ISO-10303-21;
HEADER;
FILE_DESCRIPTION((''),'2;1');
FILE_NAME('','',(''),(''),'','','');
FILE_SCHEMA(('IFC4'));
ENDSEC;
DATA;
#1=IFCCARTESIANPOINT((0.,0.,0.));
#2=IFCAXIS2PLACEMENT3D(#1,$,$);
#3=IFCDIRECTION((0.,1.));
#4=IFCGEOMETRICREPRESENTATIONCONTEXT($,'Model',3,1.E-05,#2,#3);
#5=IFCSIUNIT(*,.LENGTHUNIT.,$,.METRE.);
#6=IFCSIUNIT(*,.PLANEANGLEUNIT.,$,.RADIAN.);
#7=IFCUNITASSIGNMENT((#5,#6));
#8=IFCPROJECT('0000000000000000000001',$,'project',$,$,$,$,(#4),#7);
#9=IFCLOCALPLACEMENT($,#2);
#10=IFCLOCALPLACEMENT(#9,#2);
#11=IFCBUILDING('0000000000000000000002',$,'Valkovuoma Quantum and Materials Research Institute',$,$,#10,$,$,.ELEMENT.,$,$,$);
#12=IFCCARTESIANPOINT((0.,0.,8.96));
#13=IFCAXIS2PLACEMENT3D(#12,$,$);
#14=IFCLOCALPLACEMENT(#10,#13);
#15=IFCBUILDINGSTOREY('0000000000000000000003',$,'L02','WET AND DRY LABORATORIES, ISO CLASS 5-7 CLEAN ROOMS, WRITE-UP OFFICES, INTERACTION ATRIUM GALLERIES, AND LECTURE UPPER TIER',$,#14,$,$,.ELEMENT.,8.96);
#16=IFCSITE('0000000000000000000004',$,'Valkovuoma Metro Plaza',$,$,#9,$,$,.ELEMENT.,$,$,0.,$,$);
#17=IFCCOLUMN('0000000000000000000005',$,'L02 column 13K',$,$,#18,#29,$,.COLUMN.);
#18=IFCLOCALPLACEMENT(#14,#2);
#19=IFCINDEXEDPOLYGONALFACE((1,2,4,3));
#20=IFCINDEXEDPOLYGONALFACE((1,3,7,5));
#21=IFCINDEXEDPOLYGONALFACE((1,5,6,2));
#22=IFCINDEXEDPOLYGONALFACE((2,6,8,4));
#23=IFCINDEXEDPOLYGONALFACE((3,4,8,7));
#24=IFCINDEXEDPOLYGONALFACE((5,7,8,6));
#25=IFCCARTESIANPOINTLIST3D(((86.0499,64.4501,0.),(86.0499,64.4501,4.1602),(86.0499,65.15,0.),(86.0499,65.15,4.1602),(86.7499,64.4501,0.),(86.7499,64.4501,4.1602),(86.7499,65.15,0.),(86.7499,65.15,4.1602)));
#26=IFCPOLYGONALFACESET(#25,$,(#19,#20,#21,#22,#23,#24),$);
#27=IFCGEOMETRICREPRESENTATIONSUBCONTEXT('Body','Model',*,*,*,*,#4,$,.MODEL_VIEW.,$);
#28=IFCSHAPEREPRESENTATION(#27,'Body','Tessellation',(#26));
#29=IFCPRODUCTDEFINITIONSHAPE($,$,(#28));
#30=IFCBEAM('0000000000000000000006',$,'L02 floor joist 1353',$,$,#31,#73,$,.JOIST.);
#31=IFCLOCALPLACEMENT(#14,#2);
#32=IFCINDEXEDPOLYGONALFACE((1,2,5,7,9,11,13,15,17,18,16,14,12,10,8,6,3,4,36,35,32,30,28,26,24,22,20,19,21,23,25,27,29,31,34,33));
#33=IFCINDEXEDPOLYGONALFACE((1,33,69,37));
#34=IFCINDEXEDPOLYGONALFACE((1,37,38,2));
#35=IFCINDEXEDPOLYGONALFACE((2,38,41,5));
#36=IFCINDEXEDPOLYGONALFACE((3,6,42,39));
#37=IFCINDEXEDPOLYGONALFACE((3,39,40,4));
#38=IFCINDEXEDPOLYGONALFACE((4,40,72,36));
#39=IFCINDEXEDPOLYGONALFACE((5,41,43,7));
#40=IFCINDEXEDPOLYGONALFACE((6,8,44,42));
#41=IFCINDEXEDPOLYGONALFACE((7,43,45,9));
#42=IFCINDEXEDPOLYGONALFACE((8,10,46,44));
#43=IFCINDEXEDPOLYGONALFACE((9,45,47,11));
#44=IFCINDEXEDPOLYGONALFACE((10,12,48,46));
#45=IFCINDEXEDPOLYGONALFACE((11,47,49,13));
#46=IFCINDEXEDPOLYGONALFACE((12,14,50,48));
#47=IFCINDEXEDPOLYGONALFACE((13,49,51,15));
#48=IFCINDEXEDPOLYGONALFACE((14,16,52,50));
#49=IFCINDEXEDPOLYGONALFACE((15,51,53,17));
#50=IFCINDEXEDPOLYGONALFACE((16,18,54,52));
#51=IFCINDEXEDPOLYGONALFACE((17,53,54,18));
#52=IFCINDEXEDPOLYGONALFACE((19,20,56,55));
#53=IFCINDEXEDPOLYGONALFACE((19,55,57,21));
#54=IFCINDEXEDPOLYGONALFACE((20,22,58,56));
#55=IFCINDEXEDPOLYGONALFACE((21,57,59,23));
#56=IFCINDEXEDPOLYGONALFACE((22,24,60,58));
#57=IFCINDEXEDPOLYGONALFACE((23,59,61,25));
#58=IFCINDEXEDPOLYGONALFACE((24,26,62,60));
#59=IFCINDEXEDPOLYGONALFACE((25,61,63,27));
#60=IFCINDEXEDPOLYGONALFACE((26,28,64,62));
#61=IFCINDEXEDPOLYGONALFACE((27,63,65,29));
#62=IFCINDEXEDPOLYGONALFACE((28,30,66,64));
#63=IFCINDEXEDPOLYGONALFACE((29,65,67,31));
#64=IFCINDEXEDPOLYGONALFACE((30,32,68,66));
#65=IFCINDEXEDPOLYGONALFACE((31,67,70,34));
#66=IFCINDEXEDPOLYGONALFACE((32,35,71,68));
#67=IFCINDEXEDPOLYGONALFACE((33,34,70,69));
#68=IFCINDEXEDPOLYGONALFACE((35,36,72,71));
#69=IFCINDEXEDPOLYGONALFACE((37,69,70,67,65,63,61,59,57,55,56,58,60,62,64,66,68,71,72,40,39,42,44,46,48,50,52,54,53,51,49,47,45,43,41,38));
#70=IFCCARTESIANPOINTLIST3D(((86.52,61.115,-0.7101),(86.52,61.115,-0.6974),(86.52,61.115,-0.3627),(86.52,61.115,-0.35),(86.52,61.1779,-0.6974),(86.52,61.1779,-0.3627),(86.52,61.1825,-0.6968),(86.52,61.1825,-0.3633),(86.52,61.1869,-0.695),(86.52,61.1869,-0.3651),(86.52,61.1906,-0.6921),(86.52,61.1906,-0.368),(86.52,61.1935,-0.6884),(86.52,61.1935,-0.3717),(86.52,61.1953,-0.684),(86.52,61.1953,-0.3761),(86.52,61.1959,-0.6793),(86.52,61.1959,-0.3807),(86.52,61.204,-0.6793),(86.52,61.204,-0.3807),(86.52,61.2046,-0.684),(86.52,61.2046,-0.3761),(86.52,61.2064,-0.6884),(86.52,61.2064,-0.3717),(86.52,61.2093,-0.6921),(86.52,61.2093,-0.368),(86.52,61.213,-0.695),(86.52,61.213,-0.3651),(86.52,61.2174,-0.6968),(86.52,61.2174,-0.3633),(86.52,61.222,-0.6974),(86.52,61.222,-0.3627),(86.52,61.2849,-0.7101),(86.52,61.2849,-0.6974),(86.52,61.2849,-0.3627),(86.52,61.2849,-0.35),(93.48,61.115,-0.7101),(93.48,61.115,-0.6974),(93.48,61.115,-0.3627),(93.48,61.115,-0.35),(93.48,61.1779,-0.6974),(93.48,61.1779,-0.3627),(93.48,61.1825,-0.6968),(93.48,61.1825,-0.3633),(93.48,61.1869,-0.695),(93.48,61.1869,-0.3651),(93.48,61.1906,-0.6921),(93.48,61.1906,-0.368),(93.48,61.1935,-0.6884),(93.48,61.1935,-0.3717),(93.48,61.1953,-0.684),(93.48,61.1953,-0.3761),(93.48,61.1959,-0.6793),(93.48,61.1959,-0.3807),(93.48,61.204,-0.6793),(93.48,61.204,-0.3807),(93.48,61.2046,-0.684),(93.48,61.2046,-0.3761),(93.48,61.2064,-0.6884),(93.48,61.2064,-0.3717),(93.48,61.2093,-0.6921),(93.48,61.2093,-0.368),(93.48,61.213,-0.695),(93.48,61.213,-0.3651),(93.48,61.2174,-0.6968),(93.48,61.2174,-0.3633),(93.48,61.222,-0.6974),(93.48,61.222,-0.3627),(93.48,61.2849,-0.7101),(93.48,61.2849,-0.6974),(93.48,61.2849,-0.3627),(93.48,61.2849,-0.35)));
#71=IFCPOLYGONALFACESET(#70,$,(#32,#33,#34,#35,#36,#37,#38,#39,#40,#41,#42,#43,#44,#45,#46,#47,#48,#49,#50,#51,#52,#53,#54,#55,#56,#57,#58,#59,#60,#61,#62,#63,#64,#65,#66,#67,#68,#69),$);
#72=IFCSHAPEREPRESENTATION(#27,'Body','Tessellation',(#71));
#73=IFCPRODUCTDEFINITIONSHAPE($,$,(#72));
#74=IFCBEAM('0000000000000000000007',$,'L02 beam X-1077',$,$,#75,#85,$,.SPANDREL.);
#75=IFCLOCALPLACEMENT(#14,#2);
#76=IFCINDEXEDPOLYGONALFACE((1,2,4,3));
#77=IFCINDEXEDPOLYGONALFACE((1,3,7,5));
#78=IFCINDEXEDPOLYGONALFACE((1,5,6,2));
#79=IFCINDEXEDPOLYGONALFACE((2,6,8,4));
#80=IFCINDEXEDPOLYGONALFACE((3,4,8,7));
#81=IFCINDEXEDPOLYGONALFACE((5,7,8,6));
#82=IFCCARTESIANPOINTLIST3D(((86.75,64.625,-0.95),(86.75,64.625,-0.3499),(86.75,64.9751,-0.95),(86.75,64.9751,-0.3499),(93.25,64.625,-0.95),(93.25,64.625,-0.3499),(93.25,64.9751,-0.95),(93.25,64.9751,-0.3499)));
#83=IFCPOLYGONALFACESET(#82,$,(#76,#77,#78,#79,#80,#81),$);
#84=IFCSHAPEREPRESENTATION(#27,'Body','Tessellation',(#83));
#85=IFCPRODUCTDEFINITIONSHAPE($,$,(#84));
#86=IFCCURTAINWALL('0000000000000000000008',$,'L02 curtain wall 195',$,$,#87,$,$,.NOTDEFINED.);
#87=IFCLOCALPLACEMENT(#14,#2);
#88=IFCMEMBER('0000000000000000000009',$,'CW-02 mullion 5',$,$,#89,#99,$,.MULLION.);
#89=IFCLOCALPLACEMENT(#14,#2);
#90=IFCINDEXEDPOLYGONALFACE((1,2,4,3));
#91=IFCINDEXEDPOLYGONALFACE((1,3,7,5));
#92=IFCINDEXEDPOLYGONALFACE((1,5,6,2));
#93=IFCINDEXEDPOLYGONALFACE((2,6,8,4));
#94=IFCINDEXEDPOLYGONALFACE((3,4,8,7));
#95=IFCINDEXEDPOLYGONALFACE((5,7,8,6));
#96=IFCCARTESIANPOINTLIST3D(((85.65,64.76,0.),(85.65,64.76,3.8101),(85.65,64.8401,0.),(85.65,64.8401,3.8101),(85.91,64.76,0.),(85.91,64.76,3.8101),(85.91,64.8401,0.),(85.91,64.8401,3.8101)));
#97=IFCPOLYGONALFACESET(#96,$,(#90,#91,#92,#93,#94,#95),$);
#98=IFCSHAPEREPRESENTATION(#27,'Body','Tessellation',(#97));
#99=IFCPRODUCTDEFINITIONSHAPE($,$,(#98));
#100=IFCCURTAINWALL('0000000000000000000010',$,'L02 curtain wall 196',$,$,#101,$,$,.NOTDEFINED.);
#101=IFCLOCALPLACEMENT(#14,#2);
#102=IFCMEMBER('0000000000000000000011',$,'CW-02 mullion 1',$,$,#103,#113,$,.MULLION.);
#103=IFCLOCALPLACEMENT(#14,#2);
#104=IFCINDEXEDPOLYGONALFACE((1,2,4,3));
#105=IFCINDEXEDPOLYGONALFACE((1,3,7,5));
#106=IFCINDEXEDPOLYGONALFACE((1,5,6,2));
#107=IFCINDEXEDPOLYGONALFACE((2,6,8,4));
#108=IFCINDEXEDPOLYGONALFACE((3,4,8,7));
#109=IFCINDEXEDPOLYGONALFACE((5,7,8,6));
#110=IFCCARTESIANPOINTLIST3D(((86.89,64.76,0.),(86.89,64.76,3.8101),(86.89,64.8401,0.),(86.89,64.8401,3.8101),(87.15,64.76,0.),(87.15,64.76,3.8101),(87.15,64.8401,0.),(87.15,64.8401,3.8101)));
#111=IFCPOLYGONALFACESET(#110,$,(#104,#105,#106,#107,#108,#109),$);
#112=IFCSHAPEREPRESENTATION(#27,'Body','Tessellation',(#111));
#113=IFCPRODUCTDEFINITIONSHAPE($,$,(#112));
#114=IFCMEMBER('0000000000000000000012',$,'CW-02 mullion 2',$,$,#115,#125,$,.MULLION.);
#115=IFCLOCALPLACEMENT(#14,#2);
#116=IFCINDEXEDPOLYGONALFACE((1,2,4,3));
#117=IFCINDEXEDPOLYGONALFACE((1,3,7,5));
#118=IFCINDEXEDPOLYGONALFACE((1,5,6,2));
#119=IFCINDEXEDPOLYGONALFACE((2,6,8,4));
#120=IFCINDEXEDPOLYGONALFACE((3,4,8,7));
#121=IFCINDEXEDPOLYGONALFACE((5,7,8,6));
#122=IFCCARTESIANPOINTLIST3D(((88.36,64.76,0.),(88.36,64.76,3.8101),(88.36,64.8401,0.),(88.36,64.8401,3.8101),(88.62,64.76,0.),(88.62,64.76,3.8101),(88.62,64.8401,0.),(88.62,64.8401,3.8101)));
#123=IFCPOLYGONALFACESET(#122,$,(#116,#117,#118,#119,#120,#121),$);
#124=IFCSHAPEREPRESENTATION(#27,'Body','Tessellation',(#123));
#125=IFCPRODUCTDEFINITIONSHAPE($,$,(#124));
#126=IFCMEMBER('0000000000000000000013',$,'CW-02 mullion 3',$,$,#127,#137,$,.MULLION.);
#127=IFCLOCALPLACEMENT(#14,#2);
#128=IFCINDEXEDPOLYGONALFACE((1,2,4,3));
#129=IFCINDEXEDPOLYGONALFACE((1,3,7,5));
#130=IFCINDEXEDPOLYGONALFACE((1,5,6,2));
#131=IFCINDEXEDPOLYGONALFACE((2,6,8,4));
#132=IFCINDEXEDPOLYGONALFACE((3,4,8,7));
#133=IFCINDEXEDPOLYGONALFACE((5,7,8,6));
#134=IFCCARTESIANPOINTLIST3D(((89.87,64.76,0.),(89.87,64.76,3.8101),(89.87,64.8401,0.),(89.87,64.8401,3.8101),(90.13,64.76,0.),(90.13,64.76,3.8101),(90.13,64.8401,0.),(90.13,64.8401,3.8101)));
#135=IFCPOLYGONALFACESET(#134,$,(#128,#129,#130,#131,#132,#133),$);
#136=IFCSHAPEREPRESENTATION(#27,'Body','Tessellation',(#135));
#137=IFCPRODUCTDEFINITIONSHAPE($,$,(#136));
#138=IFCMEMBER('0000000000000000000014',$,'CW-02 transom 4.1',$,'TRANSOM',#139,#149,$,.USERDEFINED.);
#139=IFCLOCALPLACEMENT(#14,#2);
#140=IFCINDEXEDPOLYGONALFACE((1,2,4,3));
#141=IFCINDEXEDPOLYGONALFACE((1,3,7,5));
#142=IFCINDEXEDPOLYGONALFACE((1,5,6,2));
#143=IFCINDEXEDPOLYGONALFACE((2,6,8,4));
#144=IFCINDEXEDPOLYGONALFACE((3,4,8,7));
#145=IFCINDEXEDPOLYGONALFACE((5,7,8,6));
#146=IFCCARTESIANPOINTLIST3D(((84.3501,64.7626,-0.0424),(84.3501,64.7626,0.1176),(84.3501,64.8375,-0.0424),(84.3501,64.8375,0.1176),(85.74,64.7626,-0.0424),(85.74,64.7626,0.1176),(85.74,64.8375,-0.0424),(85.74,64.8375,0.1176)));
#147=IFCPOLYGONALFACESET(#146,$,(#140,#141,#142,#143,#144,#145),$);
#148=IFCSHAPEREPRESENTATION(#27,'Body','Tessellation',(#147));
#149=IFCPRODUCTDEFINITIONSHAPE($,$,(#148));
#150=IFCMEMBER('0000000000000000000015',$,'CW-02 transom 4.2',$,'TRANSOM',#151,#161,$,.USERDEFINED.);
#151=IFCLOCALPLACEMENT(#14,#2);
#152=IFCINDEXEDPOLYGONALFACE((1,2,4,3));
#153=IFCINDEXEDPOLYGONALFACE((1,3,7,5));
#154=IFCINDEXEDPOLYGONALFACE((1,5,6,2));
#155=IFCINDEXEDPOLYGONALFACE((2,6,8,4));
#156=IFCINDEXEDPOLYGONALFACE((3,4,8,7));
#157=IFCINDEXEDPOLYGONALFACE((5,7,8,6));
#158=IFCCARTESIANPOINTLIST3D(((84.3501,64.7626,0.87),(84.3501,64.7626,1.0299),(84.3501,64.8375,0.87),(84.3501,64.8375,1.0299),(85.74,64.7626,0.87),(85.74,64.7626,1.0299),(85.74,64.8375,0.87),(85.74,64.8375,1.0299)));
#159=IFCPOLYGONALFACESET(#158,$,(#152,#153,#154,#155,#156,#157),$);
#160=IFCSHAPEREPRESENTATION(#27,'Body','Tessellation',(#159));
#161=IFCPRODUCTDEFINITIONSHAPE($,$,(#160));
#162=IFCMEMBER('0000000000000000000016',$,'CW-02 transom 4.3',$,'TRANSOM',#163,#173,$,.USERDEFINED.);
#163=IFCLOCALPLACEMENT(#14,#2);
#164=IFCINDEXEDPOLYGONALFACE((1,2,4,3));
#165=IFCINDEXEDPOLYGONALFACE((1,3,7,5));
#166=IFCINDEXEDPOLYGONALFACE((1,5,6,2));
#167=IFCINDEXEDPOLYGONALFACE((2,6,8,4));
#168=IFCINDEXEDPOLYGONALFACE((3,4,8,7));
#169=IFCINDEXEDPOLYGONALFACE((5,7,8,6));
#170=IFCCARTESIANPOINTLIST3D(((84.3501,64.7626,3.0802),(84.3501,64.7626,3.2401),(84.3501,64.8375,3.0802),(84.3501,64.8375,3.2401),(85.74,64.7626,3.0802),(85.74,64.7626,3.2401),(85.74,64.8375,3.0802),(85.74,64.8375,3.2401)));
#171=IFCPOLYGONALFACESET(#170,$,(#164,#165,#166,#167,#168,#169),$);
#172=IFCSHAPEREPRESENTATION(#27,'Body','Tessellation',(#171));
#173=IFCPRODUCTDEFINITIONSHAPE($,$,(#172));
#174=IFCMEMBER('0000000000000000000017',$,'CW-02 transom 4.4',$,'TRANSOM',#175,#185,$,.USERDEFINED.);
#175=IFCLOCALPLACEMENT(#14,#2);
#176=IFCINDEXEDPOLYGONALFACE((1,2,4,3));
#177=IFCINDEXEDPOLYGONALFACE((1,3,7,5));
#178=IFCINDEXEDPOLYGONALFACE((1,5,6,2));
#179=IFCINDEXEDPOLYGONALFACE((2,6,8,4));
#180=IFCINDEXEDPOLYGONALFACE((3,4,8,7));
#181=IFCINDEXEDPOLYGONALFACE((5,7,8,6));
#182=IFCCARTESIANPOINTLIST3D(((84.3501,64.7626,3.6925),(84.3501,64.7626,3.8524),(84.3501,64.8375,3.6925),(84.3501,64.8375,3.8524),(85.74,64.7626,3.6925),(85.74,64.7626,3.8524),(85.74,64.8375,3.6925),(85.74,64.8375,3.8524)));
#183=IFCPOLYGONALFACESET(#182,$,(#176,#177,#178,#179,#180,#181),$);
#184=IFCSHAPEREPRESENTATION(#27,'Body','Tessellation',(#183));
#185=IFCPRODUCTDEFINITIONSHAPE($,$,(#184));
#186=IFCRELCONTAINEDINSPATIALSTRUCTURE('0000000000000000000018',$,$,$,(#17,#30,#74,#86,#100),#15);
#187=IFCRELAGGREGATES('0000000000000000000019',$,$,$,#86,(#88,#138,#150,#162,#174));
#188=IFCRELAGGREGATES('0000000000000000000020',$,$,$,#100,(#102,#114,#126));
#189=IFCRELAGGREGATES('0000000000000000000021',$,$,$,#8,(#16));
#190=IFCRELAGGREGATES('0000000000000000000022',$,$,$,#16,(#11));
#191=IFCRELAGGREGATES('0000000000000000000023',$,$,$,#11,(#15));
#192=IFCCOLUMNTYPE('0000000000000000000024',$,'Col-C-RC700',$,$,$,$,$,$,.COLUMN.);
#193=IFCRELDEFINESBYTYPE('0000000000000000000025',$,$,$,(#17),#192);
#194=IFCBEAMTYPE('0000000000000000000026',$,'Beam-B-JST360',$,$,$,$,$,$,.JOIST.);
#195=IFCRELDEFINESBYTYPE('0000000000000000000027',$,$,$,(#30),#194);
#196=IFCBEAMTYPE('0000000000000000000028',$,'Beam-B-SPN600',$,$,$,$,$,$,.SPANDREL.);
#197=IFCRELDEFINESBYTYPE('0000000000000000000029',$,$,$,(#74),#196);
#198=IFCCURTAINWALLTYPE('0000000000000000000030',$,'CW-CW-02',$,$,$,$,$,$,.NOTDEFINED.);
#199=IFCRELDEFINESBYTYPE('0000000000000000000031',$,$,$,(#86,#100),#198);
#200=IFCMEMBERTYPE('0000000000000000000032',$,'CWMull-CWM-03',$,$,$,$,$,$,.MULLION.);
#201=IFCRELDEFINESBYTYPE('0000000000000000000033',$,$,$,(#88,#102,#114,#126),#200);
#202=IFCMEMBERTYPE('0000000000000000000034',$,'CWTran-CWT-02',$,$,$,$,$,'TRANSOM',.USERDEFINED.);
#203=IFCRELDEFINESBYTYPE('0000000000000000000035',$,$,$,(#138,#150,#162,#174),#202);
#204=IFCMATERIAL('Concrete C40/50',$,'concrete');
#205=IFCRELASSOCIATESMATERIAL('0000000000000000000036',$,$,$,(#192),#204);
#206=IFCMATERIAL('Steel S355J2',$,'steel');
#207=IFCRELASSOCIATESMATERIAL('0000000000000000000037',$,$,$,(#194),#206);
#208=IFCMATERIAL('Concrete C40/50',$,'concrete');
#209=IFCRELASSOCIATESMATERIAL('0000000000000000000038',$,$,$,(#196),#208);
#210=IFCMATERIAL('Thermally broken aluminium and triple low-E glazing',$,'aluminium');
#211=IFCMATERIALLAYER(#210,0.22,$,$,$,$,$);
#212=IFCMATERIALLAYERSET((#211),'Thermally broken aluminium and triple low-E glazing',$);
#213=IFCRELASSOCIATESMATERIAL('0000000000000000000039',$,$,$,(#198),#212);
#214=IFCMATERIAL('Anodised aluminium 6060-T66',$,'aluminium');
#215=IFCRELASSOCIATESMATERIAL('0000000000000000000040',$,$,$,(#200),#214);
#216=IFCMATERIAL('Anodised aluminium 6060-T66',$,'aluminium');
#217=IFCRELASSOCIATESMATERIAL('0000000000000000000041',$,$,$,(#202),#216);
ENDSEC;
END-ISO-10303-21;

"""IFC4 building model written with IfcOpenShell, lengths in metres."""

from ifc_helpers import new_model, si_unit, direction, frame, origin, origin_2d, place, context, subcontext, project, spatial, rectangle, i_section, extrude, material, layer, layer_set, material_profile, profile_set, type_object, element, aggregate, save


model = new_model("IFC4")

# Units and contexts
model_context = context("Model", 3, precision=1e-05, world=origin(), true_north=direction((0.0, 1.0)))
body_context = subcontext(model_context, "Body", "Model", "MODEL_VIEW")
ifc_project = project(units=[si_unit("LENGTHUNIT", "METRE"), si_unit("PLANEANGLEUNIT", "RADIAN")], contexts=[model_context])

# Site, building, storey
site_placement = place(None, origin())
site = spatial("IfcSite", under=ifc_project, at=site_placement, Name="Valkovuoma Metro Plaza", CompositionType="ELEMENT", RefElevation=0.0)
building_placement = place(site_placement, origin())
building = spatial("IfcBuilding", under=site, at=building_placement, Name="Valkovuoma Quantum and Materials Research Institute", CompositionType="ELEMENT")
storey_placement = place(building_placement, frame((0.0, 0.0, 8.96)))
storey = spatial("IfcBuildingStorey", under=building, at=storey_placement, Name="L02", Description="WET AND DRY LABORATORIES, ISO CLASS 5-7 CLEAN ROOMS, WRITE-UP OFFICES, INTERACTION ATRIUM GALLERIES, AND LECTURE UPPER TIER", CompositionType="ELEMENT", Elevation=8.96)

# Column
ifc_material_1 = material(Name="Concrete C40/50", Category="concrete")
ifc_material_profile_1 = material_profile(ifc_material_1, rectangle(XDim=0.7, YDim=0.7, at=origin_2d()), Name="Concrete C40/50")
ifc_profile_set_1 = profile_set([ifc_material_profile_1], Name="Concrete C40/50")
column_type = type_object("IfcColumnType", Name="Col-C-RC700", PredefinedType="COLUMN", material=ifc_profile_set_1)
column_placement = place(storey_placement, frame((86.3999, 64.8, 0.0), z_axis=(0.0, 0.0, 1.0), x_axis=(1.0, 0.0, 0.0)))
element("IfcColumn", 1, at=column_placement, inside=storey, type_object=column_type, Name="L02 column 13K", PredefinedType="COLUMN", context=body_context, shape_type="SweptSolid", body=[
    extrude(rectangle(XDim=0.7, YDim=0.7, at=origin_2d()), origin(), (0.0, 0.0, 1.0), 4.1602),
])

# Beams
ifc_material_2 = material(Name="Steel S355J2", Category="steel")
ifc_material_profile_2 = material_profile(ifc_material_2, i_section(OverallWidth=0.1699, OverallDepth=0.3601, WebThickness=0.0081, FlangeThickness=0.0127, FilletRadius=0.0181, at=origin_2d()), Name="Steel S355J2")
ifc_profile_set_2 = profile_set([ifc_material_profile_2], Name="Steel S355J2")
beam_type_1 = type_object("IfcBeamType", Name="Beam-B-JST360", PredefinedType="JOIST", material=ifc_profile_set_2)
beam_1_placement = place(storey_placement, frame((86.52, 61.2, -0.53), z_axis=(1.0, 0.0, 0.0), x_axis=(0.0, 1.0, 0.0)))
element("IfcBeam", 2, at=beam_1_placement, inside=storey, type_object=beam_type_1, Name="L02 floor joist 1353", PredefinedType="JOIST", context=body_context, shape_type="SweptSolid", body=[
    extrude(i_section(OverallWidth=0.1699, OverallDepth=0.3601, WebThickness=0.0081, FlangeThickness=0.0127, FilletRadius=0.0181, at=origin_2d()), origin(), (0.0, 0.0, 1.0), 6.96),
])
ifc_material_3 = material(Name="Concrete C40/50", Category="concrete")
ifc_material_profile_3 = material_profile(ifc_material_3, rectangle(XDim=0.3501, YDim=0.6001, at=origin_2d()), Name="Concrete C40/50")
ifc_profile_set_3 = profile_set([ifc_material_profile_3], Name="Concrete C40/50")
beam_type_2 = type_object("IfcBeamType", Name="Beam-B-SPN600", PredefinedType="SPANDREL", material=ifc_profile_set_3)
beam_2_placement = place(storey_placement, frame((86.75, 64.8, -0.6499), z_axis=(1.0, 0.0, 0.0), x_axis=(0.0, 1.0, 0.0)))
element("IfcBeam", 3, at=beam_2_placement, inside=storey, type_object=beam_type_2, Name="L02 beam X-1077", PredefinedType="SPANDREL", context=body_context, shape_type="SweptSolid", body=[
    extrude(rectangle(XDim=0.3501, YDim=0.6001, at=origin_2d()), origin(), (0.0, 0.0, 1.0), 6.5),
])

# Curtain wall, member
ifc_material_4 = material(Name="Thermally broken aluminium and triple low-E glazing", Category="aluminium")
ifc_layer_1 = layer(ifc_material_4, 0.22)
ifc_layer_set_1 = layer_set([ifc_layer_1], Name="Thermally broken aluminium and triple low-E glazing")
curtain_wall_type = type_object("IfcCurtainWallType", Name="CW-CW-02", PredefinedType="NOTDEFINED", material=ifc_layer_set_1)
curtain_wall_1_placement = place(storey_placement, origin())
curtain_wall_1 = element("IfcCurtainWall", 4, at=curtain_wall_1_placement, inside=storey, type_object=curtain_wall_type, Name="L02 curtain wall 195", PredefinedType="NOTDEFINED")
ifc_material_5 = material(Name="Anodised aluminium 6060-T66", Category="aluminium")
ifc_material_profile_4 = material_profile(ifc_material_5, rectangle(XDim=0.0801, YDim=0.26, at=origin_2d()), Name="Anodised aluminium 6060-T66")
ifc_profile_set_4 = profile_set([ifc_material_profile_4], Name="Anodised aluminium 6060-T66")
member_type_1 = type_object("IfcMemberType", Name="CWMull-CWM-03", PredefinedType="MULLION", material=ifc_profile_set_4)
member_1_placement = place(storey_placement, frame((85.78, 64.8, 0.0), z_axis=(0.0, 0.0, 1.0), x_axis=(0.0, 1.0, 0.0)))
member_1 = element("IfcMember", 5, at=member_1_placement, type_object=member_type_1, Name="CW-02 mullion 5", PredefinedType="MULLION", context=body_context, shape_type="SweptSolid", body=[
    extrude(rectangle(XDim=0.0801, YDim=0.26, at=origin_2d()), origin(), (0.0, 0.0, 1.0), 3.8101),
])

# Curtain wall, members
curtain_wall_2_placement = place(storey_placement, origin())
curtain_wall_2 = element("IfcCurtainWall", 6, at=curtain_wall_2_placement, inside=storey, type_object=curtain_wall_type, Name="L02 curtain wall 196", PredefinedType="NOTDEFINED")
member_2_placement = place(storey_placement, frame((87.02, 64.8, 0.0), z_axis=(0.0, 0.0, 1.0), x_axis=(0.0, 1.0, 0.0)))
member_2 = element("IfcMember", 7, at=member_2_placement, type_object=member_type_1, Name="CW-02 mullion 1", PredefinedType="MULLION", context=body_context, shape_type="SweptSolid", body=[
    extrude(rectangle(XDim=0.0801, YDim=0.26, at=origin_2d()), origin(), (0.0, 0.0, 1.0), 3.8101),
])
member_3_placement = place(storey_placement, frame((88.49, 64.8, 0.0), z_axis=(0.0, 0.0, 1.0), x_axis=(0.0, 1.0, 0.0)))
member_3 = element("IfcMember", 8, at=member_3_placement, type_object=member_type_1, Name="CW-02 mullion 2", PredefinedType="MULLION", context=body_context, shape_type="SweptSolid", body=[
    extrude(rectangle(XDim=0.0801, YDim=0.26, at=origin_2d()), origin(), (0.0, 0.0, 1.0), 3.8101),
])
member_4_placement = place(storey_placement, frame((90.0, 64.8, 0.0), z_axis=(0.0, 0.0, 1.0), x_axis=(0.0, 1.0, 0.0)))
member_4 = element("IfcMember", 9, at=member_4_placement, type_object=member_type_1, Name="CW-02 mullion 3", PredefinedType="MULLION", context=body_context, shape_type="SweptSolid", body=[
    extrude(rectangle(XDim=0.0801, YDim=0.26, at=origin_2d()), origin(), (0.0, 0.0, 1.0), 3.8101),
])

# Members
ifc_material_6 = material(Name="Anodised aluminium 6060-T66", Category="aluminium")
ifc_material_profile_5 = material_profile(ifc_material_6, rectangle(XDim=0.075, YDim=0.1599, at=origin_2d()), Name="Anodised aluminium 6060-T66")
ifc_profile_set_5 = profile_set([ifc_material_profile_5], Name="Anodised aluminium 6060-T66")
member_type_2 = type_object("IfcMemberType", Name="CWTran-CWT-02", ElementType="TRANSOM", PredefinedType="USERDEFINED", material=ifc_profile_set_5)
member_5_placement = place(storey_placement, frame((84.3501, 64.8, 0.0376), z_axis=(1.0, 0.0, 0.0), x_axis=(0.0, 1.0, 0.0)))
member_5 = element("IfcMember", 10, at=member_5_placement, type_object=member_type_2, Name="CW-02 transom 4.1", ObjectType="TRANSOM", PredefinedType="USERDEFINED", context=body_context, shape_type="SweptSolid", body=[
    extrude(rectangle(XDim=0.075, YDim=0.1599, at=origin_2d()), origin(), (0.0, 0.0, 1.0), 1.3899),
])
member_6_placement = place(storey_placement, frame((84.3501, 64.8, 0.95), z_axis=(1.0, 0.0, 0.0), x_axis=(0.0, 1.0, 0.0)))
member_6 = element("IfcMember", 11, at=member_6_placement, type_object=member_type_2, Name="CW-02 transom 4.2", ObjectType="TRANSOM", PredefinedType="USERDEFINED", context=body_context, shape_type="SweptSolid", body=[
    extrude(rectangle(XDim=0.075, YDim=0.1599, at=origin_2d()), origin(), (0.0, 0.0, 1.0), 1.3899),
])
member_7_placement = place(storey_placement, frame((84.3501, 64.8, 3.1602), z_axis=(1.0, 0.0, 0.0), x_axis=(0.0, 1.0, 0.0)))
member_7 = element("IfcMember", 12, at=member_7_placement, type_object=member_type_2, Name="CW-02 transom 4.3", ObjectType="TRANSOM", PredefinedType="USERDEFINED", context=body_context, shape_type="SweptSolid", body=[
    extrude(rectangle(XDim=0.075, YDim=0.1599, at=origin_2d()), origin(), (0.0, 0.0, 1.0), 1.3899),
])
member_8_placement = place(storey_placement, frame((84.3501, 64.8, 3.7725), z_axis=(1.0, 0.0, 0.0), x_axis=(0.0, 1.0, 0.0)))
member_8 = element("IfcMember", 13, at=member_8_placement, type_object=member_type_2, Name="CW-02 transom 4.4", ObjectType="TRANSOM", PredefinedType="USERDEFINED", context=body_context, shape_type="SweptSolid", body=[
    extrude(rectangle(XDim=0.075, YDim=0.1599, at=origin_2d()), origin(), (0.0, 0.0, 1.0), 1.3899),
])

aggregate(curtain_wall_1, [member_1, member_5, member_6, member_7, member_8])
aggregate(curtain_wall_2, [member_2, member_3, member_4])

save(model, "model.ifc")
